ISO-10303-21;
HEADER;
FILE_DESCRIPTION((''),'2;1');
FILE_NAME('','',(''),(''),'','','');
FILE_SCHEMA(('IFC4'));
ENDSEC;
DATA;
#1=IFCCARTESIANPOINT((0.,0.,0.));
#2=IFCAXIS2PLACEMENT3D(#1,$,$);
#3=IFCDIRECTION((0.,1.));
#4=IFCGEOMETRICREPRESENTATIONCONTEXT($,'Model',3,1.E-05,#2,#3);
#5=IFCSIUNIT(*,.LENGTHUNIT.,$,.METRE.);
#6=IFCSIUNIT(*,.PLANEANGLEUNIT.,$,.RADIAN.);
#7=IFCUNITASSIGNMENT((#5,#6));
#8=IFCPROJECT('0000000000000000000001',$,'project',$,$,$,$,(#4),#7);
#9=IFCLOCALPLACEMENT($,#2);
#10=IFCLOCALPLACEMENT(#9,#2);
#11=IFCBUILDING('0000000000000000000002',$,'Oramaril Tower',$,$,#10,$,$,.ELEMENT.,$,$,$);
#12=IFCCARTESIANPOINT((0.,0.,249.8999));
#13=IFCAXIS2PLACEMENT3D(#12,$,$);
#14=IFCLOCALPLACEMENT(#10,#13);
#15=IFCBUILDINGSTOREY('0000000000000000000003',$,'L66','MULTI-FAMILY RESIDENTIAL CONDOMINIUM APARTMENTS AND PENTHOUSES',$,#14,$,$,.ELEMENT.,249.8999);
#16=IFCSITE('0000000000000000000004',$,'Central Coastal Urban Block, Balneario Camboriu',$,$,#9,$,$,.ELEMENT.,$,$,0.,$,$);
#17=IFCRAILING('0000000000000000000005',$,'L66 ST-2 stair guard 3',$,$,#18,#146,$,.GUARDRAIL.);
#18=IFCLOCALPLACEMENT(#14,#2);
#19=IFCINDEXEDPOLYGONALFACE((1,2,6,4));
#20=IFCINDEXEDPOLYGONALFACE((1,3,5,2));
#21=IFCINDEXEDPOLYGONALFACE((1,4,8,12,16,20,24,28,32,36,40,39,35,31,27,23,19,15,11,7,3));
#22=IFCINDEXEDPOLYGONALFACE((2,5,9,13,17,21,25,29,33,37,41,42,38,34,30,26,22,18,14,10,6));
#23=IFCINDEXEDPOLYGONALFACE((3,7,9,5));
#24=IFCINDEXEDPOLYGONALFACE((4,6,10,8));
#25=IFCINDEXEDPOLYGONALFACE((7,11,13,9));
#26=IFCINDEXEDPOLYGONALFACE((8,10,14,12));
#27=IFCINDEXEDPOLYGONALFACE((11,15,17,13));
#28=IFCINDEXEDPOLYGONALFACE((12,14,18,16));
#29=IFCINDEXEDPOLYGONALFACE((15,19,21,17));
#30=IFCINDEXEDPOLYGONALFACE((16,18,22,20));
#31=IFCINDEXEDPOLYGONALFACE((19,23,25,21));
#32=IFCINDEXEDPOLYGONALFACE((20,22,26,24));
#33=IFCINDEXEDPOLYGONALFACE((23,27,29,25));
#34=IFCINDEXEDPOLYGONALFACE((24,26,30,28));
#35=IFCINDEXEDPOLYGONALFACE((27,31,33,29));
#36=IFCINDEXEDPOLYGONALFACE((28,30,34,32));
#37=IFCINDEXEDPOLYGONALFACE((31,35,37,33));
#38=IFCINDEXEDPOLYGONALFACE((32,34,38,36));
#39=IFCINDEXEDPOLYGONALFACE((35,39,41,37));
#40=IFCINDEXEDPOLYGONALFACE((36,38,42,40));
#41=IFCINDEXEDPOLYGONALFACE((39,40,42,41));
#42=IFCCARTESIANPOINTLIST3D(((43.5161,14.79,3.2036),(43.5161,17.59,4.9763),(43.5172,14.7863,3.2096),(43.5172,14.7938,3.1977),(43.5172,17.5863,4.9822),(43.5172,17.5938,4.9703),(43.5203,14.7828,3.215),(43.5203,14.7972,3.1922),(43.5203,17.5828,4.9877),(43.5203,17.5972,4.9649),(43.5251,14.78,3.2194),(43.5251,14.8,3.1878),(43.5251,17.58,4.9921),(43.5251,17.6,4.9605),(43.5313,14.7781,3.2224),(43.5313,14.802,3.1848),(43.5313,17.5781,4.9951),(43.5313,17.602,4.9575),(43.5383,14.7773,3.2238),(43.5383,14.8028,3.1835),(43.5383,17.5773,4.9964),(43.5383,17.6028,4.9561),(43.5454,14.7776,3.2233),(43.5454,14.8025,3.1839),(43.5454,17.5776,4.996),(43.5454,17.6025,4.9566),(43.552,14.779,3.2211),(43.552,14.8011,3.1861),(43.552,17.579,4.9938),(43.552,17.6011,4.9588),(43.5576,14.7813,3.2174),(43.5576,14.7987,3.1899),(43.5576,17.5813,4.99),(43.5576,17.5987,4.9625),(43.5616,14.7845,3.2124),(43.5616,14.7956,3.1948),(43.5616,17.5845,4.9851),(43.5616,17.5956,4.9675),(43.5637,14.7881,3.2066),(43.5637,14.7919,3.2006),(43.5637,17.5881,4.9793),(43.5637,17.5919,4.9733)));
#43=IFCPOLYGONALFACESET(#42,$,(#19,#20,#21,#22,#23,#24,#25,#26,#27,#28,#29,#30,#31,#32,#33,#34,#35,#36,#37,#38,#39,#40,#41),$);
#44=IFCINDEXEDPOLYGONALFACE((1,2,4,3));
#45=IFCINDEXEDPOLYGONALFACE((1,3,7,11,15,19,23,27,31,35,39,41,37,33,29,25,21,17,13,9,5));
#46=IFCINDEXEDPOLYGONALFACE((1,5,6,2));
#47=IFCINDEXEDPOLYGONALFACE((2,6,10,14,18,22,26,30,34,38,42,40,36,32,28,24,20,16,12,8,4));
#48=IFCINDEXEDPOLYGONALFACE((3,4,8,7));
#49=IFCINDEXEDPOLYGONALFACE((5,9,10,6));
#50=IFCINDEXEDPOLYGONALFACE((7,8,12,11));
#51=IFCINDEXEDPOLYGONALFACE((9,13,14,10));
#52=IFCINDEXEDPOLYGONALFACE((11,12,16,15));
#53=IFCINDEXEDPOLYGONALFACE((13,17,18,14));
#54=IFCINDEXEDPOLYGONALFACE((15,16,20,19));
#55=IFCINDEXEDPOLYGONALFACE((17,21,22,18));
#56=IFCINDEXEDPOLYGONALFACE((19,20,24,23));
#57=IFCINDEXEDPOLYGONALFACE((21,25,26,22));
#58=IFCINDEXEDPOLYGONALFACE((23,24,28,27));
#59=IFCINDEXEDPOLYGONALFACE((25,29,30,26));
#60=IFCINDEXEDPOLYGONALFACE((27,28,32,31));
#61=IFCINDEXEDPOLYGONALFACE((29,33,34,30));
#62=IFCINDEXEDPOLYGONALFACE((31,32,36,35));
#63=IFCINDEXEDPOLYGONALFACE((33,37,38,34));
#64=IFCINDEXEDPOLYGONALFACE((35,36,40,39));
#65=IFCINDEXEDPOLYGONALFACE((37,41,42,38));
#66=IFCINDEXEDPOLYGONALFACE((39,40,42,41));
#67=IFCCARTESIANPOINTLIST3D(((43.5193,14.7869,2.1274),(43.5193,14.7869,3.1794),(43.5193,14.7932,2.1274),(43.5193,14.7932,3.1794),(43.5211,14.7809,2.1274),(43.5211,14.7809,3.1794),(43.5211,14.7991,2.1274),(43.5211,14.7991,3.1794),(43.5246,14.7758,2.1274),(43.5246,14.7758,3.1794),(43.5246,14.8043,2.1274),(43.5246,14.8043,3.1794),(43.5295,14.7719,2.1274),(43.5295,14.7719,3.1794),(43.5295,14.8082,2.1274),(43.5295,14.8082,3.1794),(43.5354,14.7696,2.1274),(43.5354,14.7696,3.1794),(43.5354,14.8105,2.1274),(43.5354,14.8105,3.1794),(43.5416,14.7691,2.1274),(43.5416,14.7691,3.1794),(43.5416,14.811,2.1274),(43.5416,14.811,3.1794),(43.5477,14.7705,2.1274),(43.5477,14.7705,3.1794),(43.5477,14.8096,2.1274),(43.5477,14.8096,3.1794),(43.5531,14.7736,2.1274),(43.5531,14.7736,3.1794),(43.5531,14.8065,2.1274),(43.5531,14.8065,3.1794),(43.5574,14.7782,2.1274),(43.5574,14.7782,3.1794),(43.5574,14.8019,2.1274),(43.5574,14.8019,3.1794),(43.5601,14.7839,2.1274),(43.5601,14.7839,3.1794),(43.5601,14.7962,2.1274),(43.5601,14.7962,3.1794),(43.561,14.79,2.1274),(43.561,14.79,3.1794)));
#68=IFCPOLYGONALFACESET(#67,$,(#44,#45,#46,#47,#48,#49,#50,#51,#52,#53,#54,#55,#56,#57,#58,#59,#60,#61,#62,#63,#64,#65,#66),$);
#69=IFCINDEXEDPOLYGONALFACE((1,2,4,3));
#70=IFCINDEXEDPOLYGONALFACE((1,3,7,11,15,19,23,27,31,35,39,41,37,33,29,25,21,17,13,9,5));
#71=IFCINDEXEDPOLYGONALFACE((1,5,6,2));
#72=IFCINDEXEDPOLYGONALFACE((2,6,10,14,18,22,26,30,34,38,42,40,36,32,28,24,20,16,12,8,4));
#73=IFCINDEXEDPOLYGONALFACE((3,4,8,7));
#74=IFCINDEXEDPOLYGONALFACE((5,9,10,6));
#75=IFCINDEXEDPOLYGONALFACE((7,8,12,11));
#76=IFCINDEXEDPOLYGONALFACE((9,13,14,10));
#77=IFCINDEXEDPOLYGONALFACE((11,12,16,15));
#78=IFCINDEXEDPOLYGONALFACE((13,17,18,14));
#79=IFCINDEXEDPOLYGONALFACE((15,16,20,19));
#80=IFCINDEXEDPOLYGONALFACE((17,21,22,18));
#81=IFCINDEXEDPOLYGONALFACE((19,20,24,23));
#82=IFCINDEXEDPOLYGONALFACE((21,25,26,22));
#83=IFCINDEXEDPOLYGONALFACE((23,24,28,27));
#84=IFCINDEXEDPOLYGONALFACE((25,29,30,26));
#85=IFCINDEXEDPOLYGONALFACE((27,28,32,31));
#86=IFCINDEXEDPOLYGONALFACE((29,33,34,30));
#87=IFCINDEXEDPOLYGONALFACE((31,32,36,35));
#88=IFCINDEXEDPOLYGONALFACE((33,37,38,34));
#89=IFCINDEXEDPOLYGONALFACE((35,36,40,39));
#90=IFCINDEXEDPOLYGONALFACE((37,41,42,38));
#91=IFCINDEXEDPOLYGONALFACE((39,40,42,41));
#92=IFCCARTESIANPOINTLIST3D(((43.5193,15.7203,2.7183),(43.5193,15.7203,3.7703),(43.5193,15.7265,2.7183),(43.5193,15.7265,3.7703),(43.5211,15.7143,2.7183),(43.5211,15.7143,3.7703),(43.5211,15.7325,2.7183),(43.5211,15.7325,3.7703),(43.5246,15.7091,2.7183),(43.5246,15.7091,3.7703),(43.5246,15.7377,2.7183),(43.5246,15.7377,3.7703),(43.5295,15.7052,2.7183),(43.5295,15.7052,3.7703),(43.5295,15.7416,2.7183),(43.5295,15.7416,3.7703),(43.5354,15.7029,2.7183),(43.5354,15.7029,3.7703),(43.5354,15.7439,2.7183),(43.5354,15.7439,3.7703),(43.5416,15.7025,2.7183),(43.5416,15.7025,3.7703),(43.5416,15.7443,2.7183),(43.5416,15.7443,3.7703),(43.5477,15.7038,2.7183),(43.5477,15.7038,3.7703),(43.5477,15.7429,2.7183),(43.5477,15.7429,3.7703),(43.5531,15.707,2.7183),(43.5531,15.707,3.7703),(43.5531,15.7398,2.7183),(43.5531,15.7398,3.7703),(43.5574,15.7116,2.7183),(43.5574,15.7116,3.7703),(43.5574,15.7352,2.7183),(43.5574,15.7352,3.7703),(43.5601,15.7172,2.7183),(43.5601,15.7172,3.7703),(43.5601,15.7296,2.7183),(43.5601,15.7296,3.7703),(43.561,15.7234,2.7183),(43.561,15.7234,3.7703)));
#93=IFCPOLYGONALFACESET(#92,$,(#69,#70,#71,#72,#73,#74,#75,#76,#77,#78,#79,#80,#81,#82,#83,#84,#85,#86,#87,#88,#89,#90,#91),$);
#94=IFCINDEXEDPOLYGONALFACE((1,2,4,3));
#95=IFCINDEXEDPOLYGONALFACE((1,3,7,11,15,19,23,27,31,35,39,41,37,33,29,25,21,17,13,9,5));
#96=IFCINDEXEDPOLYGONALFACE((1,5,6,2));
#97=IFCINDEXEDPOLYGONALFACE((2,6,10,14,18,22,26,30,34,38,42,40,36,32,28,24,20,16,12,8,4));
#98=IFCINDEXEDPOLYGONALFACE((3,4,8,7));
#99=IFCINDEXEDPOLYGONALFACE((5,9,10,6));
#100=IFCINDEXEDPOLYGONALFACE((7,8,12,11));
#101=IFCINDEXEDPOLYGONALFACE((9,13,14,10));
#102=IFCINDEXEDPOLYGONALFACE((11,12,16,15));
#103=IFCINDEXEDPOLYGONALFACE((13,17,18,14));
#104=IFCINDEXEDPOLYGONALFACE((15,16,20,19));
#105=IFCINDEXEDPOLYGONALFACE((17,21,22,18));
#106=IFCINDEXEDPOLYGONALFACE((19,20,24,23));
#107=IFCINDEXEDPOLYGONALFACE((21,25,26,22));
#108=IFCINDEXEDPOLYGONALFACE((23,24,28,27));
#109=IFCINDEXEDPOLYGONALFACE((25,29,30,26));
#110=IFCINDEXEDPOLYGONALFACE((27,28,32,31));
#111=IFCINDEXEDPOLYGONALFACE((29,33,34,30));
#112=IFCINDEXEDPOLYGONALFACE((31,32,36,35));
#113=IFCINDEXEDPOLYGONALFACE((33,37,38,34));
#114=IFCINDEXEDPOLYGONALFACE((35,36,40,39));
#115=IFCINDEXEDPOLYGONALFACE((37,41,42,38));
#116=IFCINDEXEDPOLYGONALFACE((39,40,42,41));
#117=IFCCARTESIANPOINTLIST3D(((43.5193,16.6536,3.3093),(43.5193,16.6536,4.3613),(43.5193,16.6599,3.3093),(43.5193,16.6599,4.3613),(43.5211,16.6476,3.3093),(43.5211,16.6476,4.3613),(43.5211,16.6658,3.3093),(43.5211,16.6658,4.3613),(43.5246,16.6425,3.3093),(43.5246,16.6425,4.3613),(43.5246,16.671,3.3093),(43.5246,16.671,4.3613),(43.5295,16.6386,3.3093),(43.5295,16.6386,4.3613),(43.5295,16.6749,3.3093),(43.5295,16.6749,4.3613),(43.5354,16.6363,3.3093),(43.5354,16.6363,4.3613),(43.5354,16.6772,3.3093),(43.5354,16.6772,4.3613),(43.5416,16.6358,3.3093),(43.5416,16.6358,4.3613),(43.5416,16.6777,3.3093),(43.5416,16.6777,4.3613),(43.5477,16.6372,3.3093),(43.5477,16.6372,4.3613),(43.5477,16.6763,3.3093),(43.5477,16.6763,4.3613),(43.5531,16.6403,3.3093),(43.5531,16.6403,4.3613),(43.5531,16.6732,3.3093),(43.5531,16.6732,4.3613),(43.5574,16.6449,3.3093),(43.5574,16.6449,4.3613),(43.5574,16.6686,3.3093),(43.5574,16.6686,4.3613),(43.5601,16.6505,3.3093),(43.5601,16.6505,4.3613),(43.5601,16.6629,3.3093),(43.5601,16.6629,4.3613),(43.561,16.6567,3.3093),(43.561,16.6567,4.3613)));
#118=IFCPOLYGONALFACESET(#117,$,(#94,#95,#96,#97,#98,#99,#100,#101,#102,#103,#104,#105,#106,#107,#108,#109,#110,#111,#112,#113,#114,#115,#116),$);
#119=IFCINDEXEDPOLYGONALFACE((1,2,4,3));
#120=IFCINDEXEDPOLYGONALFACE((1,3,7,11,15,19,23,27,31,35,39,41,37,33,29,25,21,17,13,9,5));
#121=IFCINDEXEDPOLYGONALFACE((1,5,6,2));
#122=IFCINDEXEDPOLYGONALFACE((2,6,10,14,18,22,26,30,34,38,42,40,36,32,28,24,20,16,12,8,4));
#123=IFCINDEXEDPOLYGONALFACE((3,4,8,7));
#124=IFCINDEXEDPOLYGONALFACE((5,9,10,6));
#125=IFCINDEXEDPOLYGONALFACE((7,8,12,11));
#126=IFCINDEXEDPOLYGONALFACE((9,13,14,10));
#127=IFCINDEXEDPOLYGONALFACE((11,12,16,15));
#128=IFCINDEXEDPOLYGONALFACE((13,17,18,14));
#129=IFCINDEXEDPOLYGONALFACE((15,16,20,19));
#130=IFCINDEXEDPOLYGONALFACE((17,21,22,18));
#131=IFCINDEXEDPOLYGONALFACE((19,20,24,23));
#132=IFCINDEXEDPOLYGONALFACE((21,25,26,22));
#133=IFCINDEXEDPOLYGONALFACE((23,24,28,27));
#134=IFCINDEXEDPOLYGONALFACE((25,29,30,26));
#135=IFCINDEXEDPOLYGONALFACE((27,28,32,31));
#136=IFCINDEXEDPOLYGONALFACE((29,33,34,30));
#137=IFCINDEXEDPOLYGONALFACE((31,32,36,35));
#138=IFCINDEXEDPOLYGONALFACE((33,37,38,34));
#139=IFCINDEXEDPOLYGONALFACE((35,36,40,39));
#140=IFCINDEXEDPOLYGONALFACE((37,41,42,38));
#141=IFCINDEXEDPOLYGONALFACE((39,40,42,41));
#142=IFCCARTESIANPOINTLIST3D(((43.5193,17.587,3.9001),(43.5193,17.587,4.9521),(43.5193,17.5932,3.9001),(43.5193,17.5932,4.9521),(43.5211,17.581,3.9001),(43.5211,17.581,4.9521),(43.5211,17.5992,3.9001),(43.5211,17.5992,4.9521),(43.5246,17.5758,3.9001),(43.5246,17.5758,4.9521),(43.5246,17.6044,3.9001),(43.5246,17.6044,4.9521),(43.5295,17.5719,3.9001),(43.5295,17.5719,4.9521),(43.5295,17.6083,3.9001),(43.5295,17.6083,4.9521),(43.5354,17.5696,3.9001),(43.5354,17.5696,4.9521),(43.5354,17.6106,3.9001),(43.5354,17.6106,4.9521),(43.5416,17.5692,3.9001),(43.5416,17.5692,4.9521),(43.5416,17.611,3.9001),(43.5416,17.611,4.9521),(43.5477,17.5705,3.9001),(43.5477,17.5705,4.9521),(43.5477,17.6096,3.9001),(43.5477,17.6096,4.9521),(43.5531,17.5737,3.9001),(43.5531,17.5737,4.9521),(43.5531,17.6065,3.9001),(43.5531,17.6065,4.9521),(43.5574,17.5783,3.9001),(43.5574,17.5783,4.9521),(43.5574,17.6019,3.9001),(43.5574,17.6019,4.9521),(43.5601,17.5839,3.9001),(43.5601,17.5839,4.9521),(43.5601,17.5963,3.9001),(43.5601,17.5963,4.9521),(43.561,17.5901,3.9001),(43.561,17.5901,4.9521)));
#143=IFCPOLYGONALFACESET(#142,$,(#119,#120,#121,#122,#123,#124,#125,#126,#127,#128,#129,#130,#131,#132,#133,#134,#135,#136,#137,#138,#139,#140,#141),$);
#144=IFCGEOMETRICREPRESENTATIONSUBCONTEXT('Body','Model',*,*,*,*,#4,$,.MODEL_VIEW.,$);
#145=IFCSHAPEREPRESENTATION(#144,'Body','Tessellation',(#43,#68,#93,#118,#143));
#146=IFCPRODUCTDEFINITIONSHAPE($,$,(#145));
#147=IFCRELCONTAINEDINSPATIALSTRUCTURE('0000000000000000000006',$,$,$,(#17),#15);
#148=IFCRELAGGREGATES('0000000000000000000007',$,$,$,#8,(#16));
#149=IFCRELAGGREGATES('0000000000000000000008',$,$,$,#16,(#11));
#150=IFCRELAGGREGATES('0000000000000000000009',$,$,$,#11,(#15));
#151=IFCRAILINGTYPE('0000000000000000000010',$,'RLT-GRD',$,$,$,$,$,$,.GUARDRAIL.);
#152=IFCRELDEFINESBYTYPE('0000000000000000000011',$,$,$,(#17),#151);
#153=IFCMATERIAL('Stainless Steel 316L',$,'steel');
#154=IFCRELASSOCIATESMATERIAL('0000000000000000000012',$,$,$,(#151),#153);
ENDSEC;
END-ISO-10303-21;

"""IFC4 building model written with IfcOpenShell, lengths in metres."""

from ifc_helpers import new_model, si_unit, direction, frame, origin, origin_2d, place, context, subcontext, project, spatial, circle, extrude, material, type_object, element, save


model = new_model("IFC4")

# Units and contexts
model_context = context("Model", 3, precision=1e-05, world=origin(), true_north=direction((0.0, 1.0)))
body_context = subcontext(model_context, "Body", "Model", "MODEL_VIEW")
ifc_project = project(units=[si_unit("LENGTHUNIT", "METRE"), si_unit("PLANEANGLEUNIT", "RADIAN")], contexts=[model_context])

# Site, building, storey
site_placement = place(None, origin())
site = spatial("IfcSite", under=ifc_project, at=site_placement, Name="Central Coastal Urban Block, Balneario Camboriu", CompositionType="ELEMENT", RefElevation=0.0)
building_placement = place(site_placement, origin())
building = spatial("IfcBuilding", under=site, at=building_placement, Name="Oramaril Tower", CompositionType="ELEMENT")
storey_placement = place(building_placement, frame((0.0, 0.0, 249.8999)))
storey = spatial("IfcBuildingStorey", under=building, at=storey_placement, Name="L66", Description="MULTI-FAMILY RESIDENTIAL CONDOMINIUM APARTMENTS AND PENTHOUSES", CompositionType="ELEMENT", Elevation=249.8999)

# Railing
ifc_material_1 = material(Name="Stainless Steel 316L", Category="steel")
railing_type_1 = type_object("IfcRailingType", Name="RLT-GRD", PredefinedType="GUARDRAIL", material=ifc_material_1)
railing_1_placement = place(storey_placement, frame((43.54, 14.79, 2.1274)))
element("IfcRailing", 1, at=railing_1_placement, inside=storey, type_object=railing_type_1, Name="L66 ST-2 stair guard 3", PredefinedType="GUARDRAIL", context=body_context, shape_type="SweptSolid", body=[
    extrude(circle(Radius=0.0239, at=origin_2d()), frame((0.0, 0.0, 1.0762), z_axis=(0.0, 0.844909, 0.53491), x_axis=(-1.0, 0.0, 0.0)), (0.0, 0.0, 1.0), 3.314),
    extrude(circle(Radius=0.021, at=origin_2d()), origin(), (0.0, 0.0, 1.0), 1.052),
    extrude(circle(Radius=0.021, at=origin_2d()), frame((0.0, 0.9333, 0.5908)), (0.0, 0.0, 1.0), 1.052),
    extrude(circle(Radius=0.021, at=origin_2d()), frame((0.0, 1.8667, 1.1819)), (0.0, 0.0, 1.0), 1.052),
    extrude(circle(Radius=0.021, at=origin_2d()), frame((0.0, 2.8, 1.7727)), (0.0, 0.0, 1.0), 1.052),
])

save(model, "model.ifc")
